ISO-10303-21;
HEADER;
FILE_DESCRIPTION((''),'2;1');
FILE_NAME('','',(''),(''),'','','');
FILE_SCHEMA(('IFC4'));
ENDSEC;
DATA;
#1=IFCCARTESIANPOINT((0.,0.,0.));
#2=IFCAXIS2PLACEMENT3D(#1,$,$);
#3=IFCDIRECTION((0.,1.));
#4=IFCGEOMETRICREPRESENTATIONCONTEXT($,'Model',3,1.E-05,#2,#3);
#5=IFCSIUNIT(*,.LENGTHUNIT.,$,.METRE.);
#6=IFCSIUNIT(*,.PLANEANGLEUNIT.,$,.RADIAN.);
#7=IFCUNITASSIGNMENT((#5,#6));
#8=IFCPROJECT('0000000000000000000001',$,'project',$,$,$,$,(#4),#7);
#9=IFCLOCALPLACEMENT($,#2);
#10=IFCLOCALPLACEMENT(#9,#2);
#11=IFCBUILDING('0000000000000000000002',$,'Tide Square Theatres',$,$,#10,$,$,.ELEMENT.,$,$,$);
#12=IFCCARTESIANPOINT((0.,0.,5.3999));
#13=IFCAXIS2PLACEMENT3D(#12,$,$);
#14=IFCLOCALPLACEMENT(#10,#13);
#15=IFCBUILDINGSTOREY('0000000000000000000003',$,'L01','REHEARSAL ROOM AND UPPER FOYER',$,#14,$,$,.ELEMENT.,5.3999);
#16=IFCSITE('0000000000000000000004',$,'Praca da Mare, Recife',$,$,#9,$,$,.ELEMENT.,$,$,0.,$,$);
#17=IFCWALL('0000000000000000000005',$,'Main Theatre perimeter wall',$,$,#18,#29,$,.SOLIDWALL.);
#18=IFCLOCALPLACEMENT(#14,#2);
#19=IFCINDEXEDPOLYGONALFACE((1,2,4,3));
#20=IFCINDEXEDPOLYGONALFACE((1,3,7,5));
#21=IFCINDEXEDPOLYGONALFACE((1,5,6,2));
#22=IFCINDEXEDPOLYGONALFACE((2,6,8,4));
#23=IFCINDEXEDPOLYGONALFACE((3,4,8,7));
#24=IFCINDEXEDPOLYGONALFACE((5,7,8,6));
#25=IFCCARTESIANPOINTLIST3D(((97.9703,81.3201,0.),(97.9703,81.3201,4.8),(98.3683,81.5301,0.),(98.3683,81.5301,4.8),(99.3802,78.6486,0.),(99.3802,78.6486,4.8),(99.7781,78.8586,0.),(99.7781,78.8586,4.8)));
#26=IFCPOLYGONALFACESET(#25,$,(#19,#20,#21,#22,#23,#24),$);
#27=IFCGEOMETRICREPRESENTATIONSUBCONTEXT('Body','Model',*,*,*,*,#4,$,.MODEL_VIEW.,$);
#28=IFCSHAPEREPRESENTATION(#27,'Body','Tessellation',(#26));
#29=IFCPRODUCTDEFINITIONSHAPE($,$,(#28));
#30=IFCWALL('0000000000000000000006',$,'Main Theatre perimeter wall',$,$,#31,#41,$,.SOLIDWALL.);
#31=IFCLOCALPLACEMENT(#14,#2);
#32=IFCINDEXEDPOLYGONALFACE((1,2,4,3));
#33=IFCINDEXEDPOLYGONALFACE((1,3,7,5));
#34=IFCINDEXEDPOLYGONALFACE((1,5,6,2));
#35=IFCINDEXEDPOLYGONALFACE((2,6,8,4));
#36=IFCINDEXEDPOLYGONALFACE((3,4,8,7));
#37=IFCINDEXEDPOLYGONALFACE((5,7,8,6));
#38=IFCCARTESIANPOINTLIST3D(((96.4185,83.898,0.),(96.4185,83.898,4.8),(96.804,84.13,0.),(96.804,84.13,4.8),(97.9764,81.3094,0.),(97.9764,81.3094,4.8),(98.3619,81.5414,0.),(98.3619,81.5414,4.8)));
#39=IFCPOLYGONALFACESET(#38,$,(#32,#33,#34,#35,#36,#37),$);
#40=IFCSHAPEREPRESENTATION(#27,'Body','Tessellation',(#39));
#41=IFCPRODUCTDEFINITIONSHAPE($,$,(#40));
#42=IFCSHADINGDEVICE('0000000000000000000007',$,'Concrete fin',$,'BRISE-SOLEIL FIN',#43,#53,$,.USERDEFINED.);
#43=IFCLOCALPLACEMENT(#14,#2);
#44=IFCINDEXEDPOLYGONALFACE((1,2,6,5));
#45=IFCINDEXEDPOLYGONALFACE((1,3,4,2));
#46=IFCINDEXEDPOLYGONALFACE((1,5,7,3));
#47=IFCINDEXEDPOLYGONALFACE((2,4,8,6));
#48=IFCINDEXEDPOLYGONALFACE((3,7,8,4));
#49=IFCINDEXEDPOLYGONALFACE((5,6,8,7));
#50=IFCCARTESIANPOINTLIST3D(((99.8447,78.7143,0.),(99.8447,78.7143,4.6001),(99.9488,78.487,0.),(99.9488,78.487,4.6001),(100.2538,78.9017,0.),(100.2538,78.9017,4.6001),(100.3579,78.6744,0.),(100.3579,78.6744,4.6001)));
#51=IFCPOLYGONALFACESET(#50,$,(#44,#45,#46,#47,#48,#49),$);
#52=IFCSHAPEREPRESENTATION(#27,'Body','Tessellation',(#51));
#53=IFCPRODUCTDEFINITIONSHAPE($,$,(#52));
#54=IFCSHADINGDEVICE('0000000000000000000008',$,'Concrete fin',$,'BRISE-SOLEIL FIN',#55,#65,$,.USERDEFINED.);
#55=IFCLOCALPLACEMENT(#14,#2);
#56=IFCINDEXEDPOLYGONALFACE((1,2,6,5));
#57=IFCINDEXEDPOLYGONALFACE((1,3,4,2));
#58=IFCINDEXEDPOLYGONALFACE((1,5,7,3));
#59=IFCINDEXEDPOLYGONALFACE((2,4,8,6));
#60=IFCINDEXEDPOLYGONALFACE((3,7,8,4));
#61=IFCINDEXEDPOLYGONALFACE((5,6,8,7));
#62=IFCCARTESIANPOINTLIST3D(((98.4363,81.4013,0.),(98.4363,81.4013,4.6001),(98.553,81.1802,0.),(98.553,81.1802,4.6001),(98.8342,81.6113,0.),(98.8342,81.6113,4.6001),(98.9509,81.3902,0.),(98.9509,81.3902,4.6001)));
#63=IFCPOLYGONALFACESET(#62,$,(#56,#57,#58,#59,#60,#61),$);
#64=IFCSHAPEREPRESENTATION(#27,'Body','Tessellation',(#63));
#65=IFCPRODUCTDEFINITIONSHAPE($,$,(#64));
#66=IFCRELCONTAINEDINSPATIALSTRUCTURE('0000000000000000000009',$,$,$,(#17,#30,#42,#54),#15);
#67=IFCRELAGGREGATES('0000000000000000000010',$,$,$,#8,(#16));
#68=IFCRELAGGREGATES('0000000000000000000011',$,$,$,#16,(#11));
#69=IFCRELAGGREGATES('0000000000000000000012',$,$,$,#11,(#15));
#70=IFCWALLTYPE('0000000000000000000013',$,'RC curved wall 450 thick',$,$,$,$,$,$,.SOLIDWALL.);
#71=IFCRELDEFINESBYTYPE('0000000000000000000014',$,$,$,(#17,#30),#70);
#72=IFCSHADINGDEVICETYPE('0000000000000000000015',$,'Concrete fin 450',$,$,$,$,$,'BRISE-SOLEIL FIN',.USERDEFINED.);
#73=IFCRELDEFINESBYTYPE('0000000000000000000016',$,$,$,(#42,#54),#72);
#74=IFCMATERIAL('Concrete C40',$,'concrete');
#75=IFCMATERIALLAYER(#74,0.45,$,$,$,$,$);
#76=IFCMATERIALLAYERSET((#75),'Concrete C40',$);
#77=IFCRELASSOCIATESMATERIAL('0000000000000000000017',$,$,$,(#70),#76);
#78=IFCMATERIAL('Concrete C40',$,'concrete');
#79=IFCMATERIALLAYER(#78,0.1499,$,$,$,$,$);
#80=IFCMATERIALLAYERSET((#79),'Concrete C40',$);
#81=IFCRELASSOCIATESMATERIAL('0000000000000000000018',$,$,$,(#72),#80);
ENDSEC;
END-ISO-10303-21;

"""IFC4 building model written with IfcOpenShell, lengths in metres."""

from ifc_helpers import new_model, si_unit, direction, frame, frame_2d, origin, origin_2d, place, context, subcontext, project, spatial, rectangle, extrude, material, layer, layer_set, type_object, element, save


model = new_model("IFC4")

# Units and contexts
model_context = context("Model", 3, precision=1e-05, world=origin(), true_north=direction((0.0, 1.0)))
body_context = subcontext(model_context, "Body", "Model", "MODEL_VIEW")
ifc_project = project(units=[si_unit("LENGTHUNIT", "METRE"), si_unit("PLANEANGLEUNIT", "RADIAN")], contexts=[model_context])

# Site, building, storey
site_placement = place(None, origin())
site = spatial("IfcSite", under=ifc_project, at=site_placement, Name="Praca da Mare, Recife", CompositionType="ELEMENT", RefElevation=0.0)
building_placement = place(site_placement, origin())
building = spatial("IfcBuilding", under=site, at=building_placement, Name="Tide Square Theatres", CompositionType="ELEMENT")
storey_placement = place(building_placement, frame((0.0, 0.0, 5.3999)))
storey = spatial("IfcBuildingStorey", under=building, at=storey_placement, Name="L01", Description="REHEARSAL ROOM AND UPPER FOYER", CompositionType="ELEMENT", Elevation=5.3999)

# Walls
ifc_material_1 = material(Name="Concrete C40", Category="concrete")
ifc_layer_1 = layer(ifc_material_1, 0.45)
ifc_layer_set_1 = layer_set([ifc_layer_1], Name="Concrete C40")
wall_type_1 = type_object("IfcWallType", Name="RC curved wall 450 thick", PredefinedType="SOLIDWALL", material=ifc_layer_set_1)
wall_1_placement = place(storey_placement, frame((99.5791, 78.7537, 0.0), z_axis=(0.0, 0.0, 1.0), x_axis=(-0.466729, 0.884401, 0.0)))
element("IfcWall", 1, at=wall_1_placement, inside=storey, type_object=wall_type_1, Name="Main Theatre perimeter wall", PredefinedType="SOLIDWALL", context=body_context, shape_type="SweptSolid", body=[
    extrude(rectangle(XDim=3.0208, YDim=0.45, at=frame_2d((1.5103, 0.0))), origin(), (0.0, 0.0, 1.0), 4.8),
])
wall_2_placement = place(storey_placement, frame((98.1692, 81.4253, 0.0), z_axis=(0.0, 0.0, 1.0), x_axis=(-0.515636, 0.856808, 0.0)))
element("IfcWall", 2, at=wall_2_placement, inside=storey, type_object=wall_type_1, Name="Main Theatre perimeter wall", PredefinedType="SOLIDWALL", context=body_context, shape_type="SweptSolid", body=[
    extrude(rectangle(XDim=3.0212, YDim=0.45, at=frame_2d((1.5107, 0.0))), origin(), (0.0, 0.0, 1.0), 4.8),
])

# Shading devices
ifc_material_2 = material(Name="Concrete C40", Category="concrete")
ifc_layer_2 = layer(ifc_material_2, 0.1499)
ifc_layer_set_2 = layer_set([ifc_layer_2], Name="Concrete C40")
shading_device_type = type_object("IfcShadingDeviceType", Name="Concrete fin 450", ElementType="BRISE-SOLEIL FIN", PredefinedType="USERDEFINED", material=ifc_layer_set_2)
for number, where, z_axis, x_axis, name in (
    (3, (100.1013, 78.6943, 0.0), (0.0, 0.0, 1.0), (-0.416344, 0.909207, 0.0), "Concrete fin"),
    (4, (98.6936, 81.3958, 0.0), (0.0, 0.0, 1.0), (-0.466757, 0.884386, 0.0), "Concrete fin"),
):
    element("IfcShadingDevice", number, at=place(storey_placement, frame(where, z_axis=z_axis, x_axis=x_axis)), inside=storey, type_object=shading_device_type, Name=name, ObjectType="BRISE-SOLEIL FIN", PredefinedType="USERDEFINED", context=body_context, shape_type="SweptSolid", body=[
        extrude(rectangle(XDim=0.25, YDim=0.45, at=origin_2d()), origin(), (0.0, 0.0, 1.0), 4.6001),
    ])

save(model, "model.ifc")
